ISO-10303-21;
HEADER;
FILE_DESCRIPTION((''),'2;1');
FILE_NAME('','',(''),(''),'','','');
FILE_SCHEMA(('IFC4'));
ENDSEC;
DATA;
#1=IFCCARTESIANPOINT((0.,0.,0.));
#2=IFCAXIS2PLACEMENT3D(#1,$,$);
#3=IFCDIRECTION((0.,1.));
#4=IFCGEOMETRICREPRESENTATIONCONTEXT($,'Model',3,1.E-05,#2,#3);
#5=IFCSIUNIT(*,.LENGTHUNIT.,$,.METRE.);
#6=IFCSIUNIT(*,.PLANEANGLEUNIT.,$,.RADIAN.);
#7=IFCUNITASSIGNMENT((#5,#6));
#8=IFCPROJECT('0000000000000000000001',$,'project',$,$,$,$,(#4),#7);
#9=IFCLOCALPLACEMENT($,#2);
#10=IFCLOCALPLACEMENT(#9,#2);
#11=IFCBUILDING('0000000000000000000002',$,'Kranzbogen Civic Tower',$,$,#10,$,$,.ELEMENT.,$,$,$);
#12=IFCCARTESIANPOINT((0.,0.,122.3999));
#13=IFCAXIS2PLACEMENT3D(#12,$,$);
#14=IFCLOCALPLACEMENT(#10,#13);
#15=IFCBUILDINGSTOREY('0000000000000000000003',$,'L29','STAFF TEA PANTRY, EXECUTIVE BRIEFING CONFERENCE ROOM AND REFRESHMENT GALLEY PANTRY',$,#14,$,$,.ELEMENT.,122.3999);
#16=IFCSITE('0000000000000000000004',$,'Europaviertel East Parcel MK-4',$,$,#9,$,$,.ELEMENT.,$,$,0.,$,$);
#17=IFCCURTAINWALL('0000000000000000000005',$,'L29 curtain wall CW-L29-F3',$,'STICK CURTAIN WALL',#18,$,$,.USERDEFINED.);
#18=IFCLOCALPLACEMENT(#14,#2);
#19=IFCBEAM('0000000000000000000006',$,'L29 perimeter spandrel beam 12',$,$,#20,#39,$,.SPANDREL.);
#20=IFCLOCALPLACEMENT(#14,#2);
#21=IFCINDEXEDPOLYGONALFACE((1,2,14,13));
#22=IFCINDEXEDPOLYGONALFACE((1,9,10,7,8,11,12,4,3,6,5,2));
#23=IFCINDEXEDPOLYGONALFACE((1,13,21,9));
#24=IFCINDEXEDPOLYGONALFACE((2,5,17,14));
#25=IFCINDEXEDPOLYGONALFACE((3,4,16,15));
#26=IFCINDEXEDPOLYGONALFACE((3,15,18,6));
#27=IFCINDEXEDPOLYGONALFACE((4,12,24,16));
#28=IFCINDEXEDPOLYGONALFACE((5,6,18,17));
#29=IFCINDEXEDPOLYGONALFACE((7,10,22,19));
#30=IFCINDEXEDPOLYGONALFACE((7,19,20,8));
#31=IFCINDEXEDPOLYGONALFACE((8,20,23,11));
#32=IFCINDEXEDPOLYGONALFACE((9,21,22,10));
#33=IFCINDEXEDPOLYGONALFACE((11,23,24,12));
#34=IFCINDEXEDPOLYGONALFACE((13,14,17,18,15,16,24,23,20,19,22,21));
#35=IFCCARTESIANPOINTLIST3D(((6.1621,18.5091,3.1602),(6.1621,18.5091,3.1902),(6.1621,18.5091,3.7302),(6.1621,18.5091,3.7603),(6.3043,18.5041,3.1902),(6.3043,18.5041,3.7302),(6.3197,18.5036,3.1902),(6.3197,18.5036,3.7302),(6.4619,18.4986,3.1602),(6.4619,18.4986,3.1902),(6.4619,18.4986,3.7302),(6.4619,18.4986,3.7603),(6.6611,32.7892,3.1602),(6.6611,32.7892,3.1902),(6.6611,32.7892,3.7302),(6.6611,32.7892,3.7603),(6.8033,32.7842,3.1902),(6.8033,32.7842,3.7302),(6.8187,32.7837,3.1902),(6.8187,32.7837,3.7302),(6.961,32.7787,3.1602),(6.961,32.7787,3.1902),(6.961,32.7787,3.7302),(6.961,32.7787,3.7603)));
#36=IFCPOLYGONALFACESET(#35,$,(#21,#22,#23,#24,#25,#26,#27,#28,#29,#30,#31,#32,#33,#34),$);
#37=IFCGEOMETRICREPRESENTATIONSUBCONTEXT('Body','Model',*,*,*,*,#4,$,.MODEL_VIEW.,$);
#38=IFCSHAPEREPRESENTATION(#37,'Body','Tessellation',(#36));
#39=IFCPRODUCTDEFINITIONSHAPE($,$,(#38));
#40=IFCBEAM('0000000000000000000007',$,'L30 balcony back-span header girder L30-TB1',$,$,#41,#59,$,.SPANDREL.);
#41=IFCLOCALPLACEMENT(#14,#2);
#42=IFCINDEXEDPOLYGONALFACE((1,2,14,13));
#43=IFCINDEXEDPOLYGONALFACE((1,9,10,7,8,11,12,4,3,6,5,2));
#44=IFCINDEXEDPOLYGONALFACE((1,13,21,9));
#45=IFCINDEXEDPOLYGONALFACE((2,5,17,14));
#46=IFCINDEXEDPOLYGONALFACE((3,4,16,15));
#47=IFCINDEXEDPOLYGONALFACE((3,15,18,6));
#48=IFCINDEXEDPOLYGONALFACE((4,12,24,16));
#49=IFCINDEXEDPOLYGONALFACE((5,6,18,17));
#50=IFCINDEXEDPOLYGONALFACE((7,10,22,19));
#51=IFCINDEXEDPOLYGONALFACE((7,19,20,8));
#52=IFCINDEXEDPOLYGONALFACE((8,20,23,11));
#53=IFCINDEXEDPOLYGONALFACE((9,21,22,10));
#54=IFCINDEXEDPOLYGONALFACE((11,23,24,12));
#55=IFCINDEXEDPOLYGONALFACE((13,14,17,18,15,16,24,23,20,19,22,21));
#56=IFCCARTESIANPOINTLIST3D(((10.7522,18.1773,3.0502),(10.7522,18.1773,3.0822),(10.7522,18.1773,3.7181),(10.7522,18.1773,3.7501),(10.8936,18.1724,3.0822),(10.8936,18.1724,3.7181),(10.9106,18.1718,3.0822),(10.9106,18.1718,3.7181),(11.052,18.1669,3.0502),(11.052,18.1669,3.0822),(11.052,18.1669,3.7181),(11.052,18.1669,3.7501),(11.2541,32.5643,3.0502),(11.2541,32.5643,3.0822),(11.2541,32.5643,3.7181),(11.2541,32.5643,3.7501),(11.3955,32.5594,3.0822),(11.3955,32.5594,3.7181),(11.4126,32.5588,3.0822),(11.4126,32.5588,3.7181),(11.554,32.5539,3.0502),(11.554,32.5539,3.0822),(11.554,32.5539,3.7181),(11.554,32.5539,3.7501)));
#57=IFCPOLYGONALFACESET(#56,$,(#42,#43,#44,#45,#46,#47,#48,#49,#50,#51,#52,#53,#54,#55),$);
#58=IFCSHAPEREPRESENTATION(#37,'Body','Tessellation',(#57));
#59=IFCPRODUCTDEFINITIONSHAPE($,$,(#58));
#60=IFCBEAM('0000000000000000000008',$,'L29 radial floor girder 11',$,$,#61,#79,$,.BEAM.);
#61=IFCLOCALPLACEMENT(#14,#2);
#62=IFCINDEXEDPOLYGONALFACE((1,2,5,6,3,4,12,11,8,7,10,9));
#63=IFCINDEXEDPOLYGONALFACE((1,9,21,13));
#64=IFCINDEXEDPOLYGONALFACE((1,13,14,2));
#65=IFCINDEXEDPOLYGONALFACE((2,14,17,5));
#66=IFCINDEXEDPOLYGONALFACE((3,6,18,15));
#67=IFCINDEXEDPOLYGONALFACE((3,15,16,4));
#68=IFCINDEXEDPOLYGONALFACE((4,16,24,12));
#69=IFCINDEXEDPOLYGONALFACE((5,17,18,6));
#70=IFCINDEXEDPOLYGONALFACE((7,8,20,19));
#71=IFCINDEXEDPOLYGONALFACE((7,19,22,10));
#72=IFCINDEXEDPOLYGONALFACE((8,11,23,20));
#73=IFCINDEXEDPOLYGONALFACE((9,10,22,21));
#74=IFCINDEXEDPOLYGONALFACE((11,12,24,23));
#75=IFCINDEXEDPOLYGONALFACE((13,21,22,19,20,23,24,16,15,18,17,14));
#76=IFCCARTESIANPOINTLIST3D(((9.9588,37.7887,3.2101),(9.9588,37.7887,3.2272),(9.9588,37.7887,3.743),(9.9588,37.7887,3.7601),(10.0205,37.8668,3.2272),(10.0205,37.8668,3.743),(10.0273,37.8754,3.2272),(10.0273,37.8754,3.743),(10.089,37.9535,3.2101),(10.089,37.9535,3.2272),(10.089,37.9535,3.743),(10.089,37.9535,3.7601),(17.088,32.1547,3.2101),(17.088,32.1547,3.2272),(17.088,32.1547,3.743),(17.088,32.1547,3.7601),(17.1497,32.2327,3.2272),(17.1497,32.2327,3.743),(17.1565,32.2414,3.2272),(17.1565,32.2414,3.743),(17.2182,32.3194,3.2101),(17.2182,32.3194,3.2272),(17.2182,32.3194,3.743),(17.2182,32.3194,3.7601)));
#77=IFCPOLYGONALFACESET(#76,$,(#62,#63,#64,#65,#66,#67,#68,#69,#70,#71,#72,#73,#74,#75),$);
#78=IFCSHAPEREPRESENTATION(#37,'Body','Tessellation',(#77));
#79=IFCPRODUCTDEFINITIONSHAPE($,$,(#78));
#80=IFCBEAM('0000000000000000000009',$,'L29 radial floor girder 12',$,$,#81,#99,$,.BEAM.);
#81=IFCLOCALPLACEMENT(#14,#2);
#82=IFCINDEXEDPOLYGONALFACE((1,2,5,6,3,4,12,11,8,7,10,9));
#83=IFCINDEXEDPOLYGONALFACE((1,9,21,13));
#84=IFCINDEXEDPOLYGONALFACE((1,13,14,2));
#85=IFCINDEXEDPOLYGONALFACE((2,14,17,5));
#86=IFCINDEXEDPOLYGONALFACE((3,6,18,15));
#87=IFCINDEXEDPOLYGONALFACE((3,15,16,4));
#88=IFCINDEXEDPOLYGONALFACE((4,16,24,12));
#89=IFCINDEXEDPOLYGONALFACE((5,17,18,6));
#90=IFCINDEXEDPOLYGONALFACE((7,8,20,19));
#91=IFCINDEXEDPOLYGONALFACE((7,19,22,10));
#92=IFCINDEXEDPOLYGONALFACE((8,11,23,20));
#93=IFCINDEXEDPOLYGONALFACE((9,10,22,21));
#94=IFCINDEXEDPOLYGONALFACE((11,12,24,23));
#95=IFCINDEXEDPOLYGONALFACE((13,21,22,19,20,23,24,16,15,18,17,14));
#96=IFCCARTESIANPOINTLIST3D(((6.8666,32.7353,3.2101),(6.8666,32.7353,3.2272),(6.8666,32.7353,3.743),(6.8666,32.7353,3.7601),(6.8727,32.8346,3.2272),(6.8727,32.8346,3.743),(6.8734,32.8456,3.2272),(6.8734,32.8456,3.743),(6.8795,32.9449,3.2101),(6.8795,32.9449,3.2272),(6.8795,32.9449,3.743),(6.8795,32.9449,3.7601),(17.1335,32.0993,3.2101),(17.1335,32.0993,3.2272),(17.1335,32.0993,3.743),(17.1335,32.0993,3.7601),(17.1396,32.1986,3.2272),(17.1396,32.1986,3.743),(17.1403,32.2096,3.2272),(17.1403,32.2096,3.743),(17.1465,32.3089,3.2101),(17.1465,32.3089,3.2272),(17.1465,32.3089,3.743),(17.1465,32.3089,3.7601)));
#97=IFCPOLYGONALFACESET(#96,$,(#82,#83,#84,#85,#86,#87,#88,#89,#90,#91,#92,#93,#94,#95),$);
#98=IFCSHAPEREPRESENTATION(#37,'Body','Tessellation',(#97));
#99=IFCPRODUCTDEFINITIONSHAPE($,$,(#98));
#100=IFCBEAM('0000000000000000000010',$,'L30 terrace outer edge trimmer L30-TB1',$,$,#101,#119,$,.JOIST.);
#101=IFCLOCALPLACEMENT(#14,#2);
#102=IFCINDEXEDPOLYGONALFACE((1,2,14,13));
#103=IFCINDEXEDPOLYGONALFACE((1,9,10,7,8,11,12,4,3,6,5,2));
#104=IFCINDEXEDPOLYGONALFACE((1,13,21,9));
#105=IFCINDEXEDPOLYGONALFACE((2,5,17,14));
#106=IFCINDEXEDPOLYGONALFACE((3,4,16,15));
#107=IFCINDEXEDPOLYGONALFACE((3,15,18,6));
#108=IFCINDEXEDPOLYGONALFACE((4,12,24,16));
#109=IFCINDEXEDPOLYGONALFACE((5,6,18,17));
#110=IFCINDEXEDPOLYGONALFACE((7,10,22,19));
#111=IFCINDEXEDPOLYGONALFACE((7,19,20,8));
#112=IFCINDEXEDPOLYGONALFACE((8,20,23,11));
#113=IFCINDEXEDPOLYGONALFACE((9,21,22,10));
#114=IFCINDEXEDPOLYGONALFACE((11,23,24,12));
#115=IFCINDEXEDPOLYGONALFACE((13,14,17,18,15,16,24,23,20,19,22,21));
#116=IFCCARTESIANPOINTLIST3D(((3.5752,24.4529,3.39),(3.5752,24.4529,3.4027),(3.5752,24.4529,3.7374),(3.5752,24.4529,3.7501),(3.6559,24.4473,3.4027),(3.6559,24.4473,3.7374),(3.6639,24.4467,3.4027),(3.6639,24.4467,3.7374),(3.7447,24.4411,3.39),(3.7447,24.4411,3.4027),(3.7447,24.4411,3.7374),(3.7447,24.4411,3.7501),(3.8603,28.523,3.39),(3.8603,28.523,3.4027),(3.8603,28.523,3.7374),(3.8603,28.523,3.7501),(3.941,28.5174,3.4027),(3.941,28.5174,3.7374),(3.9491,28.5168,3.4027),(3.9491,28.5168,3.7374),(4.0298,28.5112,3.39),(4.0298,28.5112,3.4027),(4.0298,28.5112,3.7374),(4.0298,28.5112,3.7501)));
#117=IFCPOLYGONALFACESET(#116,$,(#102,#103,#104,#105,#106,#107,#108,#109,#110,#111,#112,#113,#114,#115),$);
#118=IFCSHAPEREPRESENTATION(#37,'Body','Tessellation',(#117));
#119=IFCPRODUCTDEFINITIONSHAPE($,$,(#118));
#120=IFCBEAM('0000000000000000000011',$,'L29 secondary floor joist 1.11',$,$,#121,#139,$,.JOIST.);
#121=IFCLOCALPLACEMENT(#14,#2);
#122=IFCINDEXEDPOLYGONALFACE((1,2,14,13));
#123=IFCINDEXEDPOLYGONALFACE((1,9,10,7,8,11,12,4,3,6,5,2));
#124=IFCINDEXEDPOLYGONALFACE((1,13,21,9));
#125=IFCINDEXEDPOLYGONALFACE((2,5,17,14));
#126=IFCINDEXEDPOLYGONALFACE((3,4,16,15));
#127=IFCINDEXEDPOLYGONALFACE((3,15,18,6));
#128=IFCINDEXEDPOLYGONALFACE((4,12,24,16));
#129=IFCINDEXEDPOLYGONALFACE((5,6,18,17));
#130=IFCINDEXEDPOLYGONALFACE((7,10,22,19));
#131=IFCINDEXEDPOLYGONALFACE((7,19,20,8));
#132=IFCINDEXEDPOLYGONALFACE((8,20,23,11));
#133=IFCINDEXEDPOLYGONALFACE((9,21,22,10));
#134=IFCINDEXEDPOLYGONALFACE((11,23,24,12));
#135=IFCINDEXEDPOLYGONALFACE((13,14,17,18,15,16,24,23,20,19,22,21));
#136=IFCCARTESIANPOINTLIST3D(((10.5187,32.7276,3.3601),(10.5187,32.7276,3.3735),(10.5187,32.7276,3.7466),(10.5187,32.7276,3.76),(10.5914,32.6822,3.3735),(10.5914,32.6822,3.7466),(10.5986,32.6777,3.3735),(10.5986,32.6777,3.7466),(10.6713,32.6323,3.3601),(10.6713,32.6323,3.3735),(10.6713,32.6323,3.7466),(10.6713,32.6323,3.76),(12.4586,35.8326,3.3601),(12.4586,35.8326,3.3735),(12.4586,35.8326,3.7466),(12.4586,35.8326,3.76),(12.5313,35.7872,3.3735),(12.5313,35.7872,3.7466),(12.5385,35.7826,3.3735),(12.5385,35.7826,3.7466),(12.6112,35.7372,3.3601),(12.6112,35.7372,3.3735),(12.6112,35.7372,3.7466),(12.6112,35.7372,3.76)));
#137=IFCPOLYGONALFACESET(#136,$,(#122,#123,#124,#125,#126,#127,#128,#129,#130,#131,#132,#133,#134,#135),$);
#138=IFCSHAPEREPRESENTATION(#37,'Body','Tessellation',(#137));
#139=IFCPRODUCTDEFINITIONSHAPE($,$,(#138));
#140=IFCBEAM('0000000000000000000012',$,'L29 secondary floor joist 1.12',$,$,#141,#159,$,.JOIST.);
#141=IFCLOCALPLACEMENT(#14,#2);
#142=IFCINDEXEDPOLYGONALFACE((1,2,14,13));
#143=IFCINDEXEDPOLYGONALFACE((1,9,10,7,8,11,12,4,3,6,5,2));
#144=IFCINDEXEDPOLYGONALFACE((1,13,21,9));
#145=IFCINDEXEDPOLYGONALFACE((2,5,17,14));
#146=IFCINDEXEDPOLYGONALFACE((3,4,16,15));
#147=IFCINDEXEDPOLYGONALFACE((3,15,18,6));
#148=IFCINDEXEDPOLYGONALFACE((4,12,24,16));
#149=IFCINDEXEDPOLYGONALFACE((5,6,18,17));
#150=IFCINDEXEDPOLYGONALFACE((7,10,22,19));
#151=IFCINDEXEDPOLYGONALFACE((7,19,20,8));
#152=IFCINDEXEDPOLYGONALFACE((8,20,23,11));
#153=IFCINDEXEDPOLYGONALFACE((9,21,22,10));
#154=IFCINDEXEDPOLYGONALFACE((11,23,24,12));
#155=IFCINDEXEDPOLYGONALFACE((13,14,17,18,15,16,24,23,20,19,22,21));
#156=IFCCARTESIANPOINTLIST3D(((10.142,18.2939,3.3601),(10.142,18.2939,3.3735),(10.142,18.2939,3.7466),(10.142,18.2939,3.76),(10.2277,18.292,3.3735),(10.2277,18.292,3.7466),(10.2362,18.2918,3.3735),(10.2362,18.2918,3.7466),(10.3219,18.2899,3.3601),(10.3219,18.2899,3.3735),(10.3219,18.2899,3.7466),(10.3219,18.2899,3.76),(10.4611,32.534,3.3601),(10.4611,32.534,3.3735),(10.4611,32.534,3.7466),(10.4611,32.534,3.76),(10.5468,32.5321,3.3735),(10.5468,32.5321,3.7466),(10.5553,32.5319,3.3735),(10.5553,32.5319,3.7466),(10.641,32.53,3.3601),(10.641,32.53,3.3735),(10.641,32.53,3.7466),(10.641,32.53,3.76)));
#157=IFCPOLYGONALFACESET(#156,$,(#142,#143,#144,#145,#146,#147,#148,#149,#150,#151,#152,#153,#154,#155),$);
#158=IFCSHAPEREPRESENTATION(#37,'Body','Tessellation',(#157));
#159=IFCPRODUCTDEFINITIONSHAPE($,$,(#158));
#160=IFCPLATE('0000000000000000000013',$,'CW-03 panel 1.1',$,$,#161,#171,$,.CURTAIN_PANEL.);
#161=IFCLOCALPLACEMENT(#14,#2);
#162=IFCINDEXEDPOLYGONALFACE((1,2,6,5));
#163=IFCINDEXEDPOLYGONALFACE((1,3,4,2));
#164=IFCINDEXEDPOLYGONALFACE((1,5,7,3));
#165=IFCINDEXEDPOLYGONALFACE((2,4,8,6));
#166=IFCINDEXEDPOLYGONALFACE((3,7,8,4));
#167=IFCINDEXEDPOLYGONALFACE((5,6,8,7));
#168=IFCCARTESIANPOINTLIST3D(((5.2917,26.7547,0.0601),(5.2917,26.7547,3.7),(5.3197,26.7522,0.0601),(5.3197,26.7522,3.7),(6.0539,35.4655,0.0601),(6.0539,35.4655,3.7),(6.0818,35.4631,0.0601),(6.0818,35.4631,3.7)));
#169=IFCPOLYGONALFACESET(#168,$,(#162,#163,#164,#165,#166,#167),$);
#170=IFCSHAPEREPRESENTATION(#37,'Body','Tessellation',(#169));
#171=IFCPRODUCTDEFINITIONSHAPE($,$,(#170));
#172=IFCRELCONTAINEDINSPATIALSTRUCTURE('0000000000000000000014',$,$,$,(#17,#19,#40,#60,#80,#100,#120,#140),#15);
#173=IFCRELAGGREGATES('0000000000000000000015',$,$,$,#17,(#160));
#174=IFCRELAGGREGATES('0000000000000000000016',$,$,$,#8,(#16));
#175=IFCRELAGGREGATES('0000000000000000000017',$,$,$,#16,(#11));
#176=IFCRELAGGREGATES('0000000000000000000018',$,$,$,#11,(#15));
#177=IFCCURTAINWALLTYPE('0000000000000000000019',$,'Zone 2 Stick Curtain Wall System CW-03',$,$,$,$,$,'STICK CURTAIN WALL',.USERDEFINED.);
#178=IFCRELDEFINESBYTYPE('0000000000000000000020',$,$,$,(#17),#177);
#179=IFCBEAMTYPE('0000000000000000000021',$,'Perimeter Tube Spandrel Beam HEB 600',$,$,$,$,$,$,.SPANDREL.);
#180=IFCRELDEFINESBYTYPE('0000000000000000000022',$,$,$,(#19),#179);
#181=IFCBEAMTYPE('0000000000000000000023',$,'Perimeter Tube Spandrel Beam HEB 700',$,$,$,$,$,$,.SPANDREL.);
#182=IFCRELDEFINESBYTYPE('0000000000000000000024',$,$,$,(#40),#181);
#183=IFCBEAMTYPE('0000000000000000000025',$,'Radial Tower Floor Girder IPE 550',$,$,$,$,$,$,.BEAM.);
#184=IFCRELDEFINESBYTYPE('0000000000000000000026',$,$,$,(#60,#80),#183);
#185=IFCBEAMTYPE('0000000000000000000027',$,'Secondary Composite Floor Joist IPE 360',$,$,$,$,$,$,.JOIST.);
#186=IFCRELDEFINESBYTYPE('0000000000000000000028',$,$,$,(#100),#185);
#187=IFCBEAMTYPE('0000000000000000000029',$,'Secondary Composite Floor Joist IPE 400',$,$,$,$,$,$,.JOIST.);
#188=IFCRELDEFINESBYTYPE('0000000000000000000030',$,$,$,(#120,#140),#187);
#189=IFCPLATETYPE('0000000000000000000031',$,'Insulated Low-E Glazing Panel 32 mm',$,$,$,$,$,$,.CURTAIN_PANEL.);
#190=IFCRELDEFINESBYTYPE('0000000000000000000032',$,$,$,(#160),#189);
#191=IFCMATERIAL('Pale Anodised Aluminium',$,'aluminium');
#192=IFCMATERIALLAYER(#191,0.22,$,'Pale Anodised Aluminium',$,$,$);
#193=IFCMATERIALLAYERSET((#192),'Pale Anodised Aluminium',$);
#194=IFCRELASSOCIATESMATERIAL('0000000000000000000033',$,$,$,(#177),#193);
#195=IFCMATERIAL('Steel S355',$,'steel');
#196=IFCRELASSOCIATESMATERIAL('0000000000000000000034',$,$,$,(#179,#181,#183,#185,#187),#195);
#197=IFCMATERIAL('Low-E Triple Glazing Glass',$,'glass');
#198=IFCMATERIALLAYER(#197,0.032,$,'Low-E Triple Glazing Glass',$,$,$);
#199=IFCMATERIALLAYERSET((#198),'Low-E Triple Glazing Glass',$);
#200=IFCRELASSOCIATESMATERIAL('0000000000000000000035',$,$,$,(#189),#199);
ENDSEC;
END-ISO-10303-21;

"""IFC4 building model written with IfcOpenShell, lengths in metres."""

from ifc_helpers import new_model, si_unit, direction, frame, origin, origin_2d, place, context, subcontext, project, spatial, rectangle, i_section, extrude, material, layer, layer_set, material_profile, profile_set, type_object, element, aggregate, save


model = new_model("IFC4")

# Units and contexts
model_context = context("Model", 3, precision=1e-05, world=origin(), true_north=direction((0.0, 1.0)))
body_context = subcontext(model_context, "Body", "Model", "MODEL_VIEW")
ifc_project = project(units=[si_unit("LENGTHUNIT", "METRE"), si_unit("PLANEANGLEUNIT", "RADIAN")], contexts=[model_context])

# Site, building, storey
site_placement = place(None, origin())
site = spatial("IfcSite", under=ifc_project, at=site_placement, Name="Europaviertel East Parcel MK-4", CompositionType="ELEMENT", RefElevation=0.0)
building_placement = place(site_placement, origin())
building = spatial("IfcBuilding", under=site, at=building_placement, Name="Kranzbogen Civic Tower", CompositionType="ELEMENT")
storey_placement = place(building_placement, frame((0.0, 0.0, 122.3999)))
storey = spatial("IfcBuildingStorey", under=building, at=storey_placement, Name="L29", Description="STAFF TEA PANTRY, EXECUTIVE BRIEFING CONFERENCE ROOM AND REFRESHMENT GALLEY PANTRY", CompositionType="ELEMENT", Elevation=122.3999)

# Shared definitions
ifc_material_1 = material(Name="Pale Anodised Aluminium", Category="aluminium")
ifc_layer_1 = layer(ifc_material_1, 0.22, Name="Pale Anodised Aluminium")
ifc_layer_set_1 = layer_set([ifc_layer_1], Name="Pale Anodised Aluminium")
curtain_wall_type = type_object("IfcCurtainWallType", Name="Zone 2 Stick Curtain Wall System CW-03", ElementType="STICK CURTAIN WALL", PredefinedType="USERDEFINED", material=ifc_layer_set_1)

# Curtain wall
curtain_wall_1_placement = place(storey_placement, origin())
curtain_wall_1 = element("IfcCurtainWall", 1, at=curtain_wall_1_placement, inside=storey, type_object=curtain_wall_type, Name="L29 curtain wall CW-L29-F3", ObjectType="STICK CURTAIN WALL", PredefinedType="USERDEFINED")

# Beams
ifc_material_2 = material(Name="Steel S355", Category="steel")
ifc_material_profile_1 = material_profile(ifc_material_2, i_section(OverallWidth=0.3, OverallDepth=0.6001, WebThickness=0.0154, FlangeThickness=0.03, at=origin_2d()), Name="HEB 600")
ifc_profile_set_1 = profile_set([ifc_material_profile_1], Name="Steel S355")
beam_type_1 = type_object("IfcBeamType", Name="Perimeter Tube Spandrel Beam HEB 600", PredefinedType="SPANDREL", material=ifc_profile_set_1)
beam_1_placement = place(storey_placement, frame((6.811, 32.7839, 3.4602), z_axis=(-0.034924, -0.99939, 0.0), x_axis=(0.99939, -0.034924, 0.0)))
element("IfcBeam", 2, at=beam_1_placement, inside=storey, type_object=beam_type_1, Name="L29 perimeter spandrel beam 12", PredefinedType="SPANDREL", context=body_context, shape_type="SweptSolid", body=[
    extrude(i_section(OverallWidth=0.3, OverallDepth=0.6001, WebThickness=0.0154, FlangeThickness=0.03, at=origin_2d()), origin(), (0.0, 0.0, 1.0), 14.2888),
])
ifc_material_profile_2 = material_profile(ifc_material_2, i_section(OverallWidth=0.3, OverallDepth=0.7, WebThickness=0.0171, FlangeThickness=0.032, at=origin_2d()), Name="HEB 700")
ifc_profile_set_2 = profile_set([ifc_material_profile_2], Name="Steel S355")
beam_type_2 = type_object("IfcBeamType", Name="Perimeter Tube Spandrel Beam HEB 700", PredefinedType="SPANDREL", material=ifc_profile_set_2)
beam_2_placement = place(storey_placement, frame((11.4041, 32.5591, 3.4001), z_axis=(-0.034868, -0.999392, 0.0), x_axis=(0.999392, -0.034868, 0.0)))
element("IfcBeam", 3, at=beam_2_placement, inside=storey, type_object=beam_type_2, Name="L30 balcony back-span header girder L30-TB1", PredefinedType="SPANDREL", context=body_context, shape_type="SweptSolid", body=[
    extrude(i_section(OverallWidth=0.3, OverallDepth=0.7, WebThickness=0.0171, FlangeThickness=0.032, at=origin_2d()), origin(), (0.0, 0.0, 1.0), 14.3958),
])
ifc_material_profile_3 = material_profile(ifc_material_2, i_section(OverallWidth=0.21, OverallDepth=0.55, WebThickness=0.011, FlangeThickness=0.0171, at=origin_2d()), Name="IPE 550")
ifc_profile_set_3 = profile_set([ifc_material_profile_3], Name="Steel S355")
beam_type_3 = type_object("IfcBeamType", Name="Radial Tower Floor Girder IPE 550", PredefinedType="BEAM", material=ifc_profile_set_3)
beam_3_placement = place(storey_placement, frame((10.0239, 37.8711, 3.4851), z_axis=(0.784575, -0.620034, 0.0), x_axis=(0.620034, 0.784575, 0.0)))
element("IfcBeam", 4, at=beam_3_placement, inside=storey, type_object=beam_type_3, Name="L29 radial floor girder 11", PredefinedType="BEAM", context=body_context, shape_type="SweptSolid", body=[
    extrude(i_section(OverallWidth=0.21, OverallDepth=0.55, WebThickness=0.011, FlangeThickness=0.0171, at=origin_2d()), origin(), (0.0, 0.0, 1.0), 9.0867),
])
beam_4_placement = place(storey_placement, frame((6.873, 32.8401, 3.4851), z_axis=(0.998087, -0.061827, 0.0), x_axis=(0.061827, 0.998087, 0.0)))
element("IfcBeam", 5, at=beam_4_placement, inside=storey, type_object=beam_type_3, Name="L29 radial floor girder 12", PredefinedType="BEAM", context=body_context, shape_type="SweptSolid", body=[
    extrude(i_section(OverallWidth=0.21, OverallDepth=0.55, WebThickness=0.011, FlangeThickness=0.0171, at=origin_2d()), origin(), (0.0, 0.0, 1.0), 10.2866),
])
ifc_material_profile_4 = material_profile(ifc_material_2, i_section(OverallWidth=0.1699, OverallDepth=0.3601, WebThickness=0.0081, FlangeThickness=0.0127, at=origin_2d()), Name="IPE 360")
ifc_profile_set_4 = profile_set([ifc_material_profile_4], Name="Steel S355")
beam_type_4 = type_object("IfcBeamType", Name="Secondary Composite Floor Joist IPE 360", PredefinedType="JOIST", material=ifc_profile_set_4)
beam_5_placement = place(storey_placement, frame((3.9451, 28.5171, 3.5701), z_axis=(-0.06989, -0.997555, 0.0), x_axis=(0.997555, -0.06989, 0.0)))
element("IfcBeam", 6, at=beam_5_placement, inside=storey, type_object=beam_type_4, Name="L30 terrace outer edge trimmer L30-TB1", PredefinedType="JOIST", context=body_context, shape_type="SweptSolid", body=[
    extrude(i_section(OverallWidth=0.1699, OverallDepth=0.3601, WebThickness=0.0081, FlangeThickness=0.0127, at=origin_2d()), origin(), (0.0, 0.0, 1.0), 4.0801),
])
ifc_material_profile_5 = material_profile(ifc_material_2, i_section(OverallWidth=0.1799, OverallDepth=0.3999, WebThickness=0.0085, FlangeThickness=0.0134, at=origin_2d()), Name="IPE 400")
ifc_profile_set_5 = profile_set([ifc_material_profile_5], Name="Steel S355")
beam_type_5 = type_object("IfcBeamType", Name="Secondary Composite Floor Joist IPE 400", PredefinedType="JOIST", material=ifc_profile_set_5)
beam_6_placement = place(storey_placement, frame((12.5349, 35.7849, 3.5601), z_axis=(-0.529867, -0.848081, 0.0), x_axis=(0.848081, -0.529867, 0.0)))
element("IfcBeam", 7, at=beam_6_placement, inside=storey, type_object=beam_type_5, Name="L29 secondary floor joist 1.11", PredefinedType="JOIST", context=body_context, shape_type="SweptSolid", body=[
    extrude(i_section(OverallWidth=0.1799, OverallDepth=0.3999, WebThickness=0.0085, FlangeThickness=0.0134, at=origin_2d()), origin(), (0.0, 0.0, 1.0), 3.6611),
])
beam_7_placement = place(storey_placement, frame((10.551, 32.532, 3.5601), z_axis=(-0.022403, -0.999749, 0.0), x_axis=(0.999749, -0.022403, 0.0)))
element("IfcBeam", 8, at=beam_7_placement, inside=storey, type_object=beam_type_5, Name="L29 secondary floor joist 1.12", PredefinedType="JOIST", context=body_context, shape_type="SweptSolid", body=[
    extrude(i_section(OverallWidth=0.1799, OverallDepth=0.3999, WebThickness=0.0085, FlangeThickness=0.0134, at=origin_2d()), origin(), (0.0, 0.0, 1.0), 14.2437),
])

# Plate
ifc_material_3 = material(Name="Low-E Triple Glazing Glass", Category="glass")
ifc_layer_2 = layer(ifc_material_3, 0.032, Name="Low-E Triple Glazing Glass")
ifc_layer_set_2 = layer_set([ifc_layer_2], Name="Low-E Triple Glazing Glass")
plate_type = type_object("IfcPlateType", Name="Insulated Low-E Glazing Panel 32 mm", PredefinedType="CURTAIN_PANEL", material=ifc_layer_set_2)
plate_placement = place(storey_placement, frame((5.6868, 31.1089, 0.0601), z_axis=(0.0, 0.0, 1.0), x_axis=(-0.087162, -0.996194, 0.0)))
plate = element("IfcPlate", 9, at=plate_placement, type_object=plate_type, Name="CW-03 panel 1.1", PredefinedType="CURTAIN_PANEL", context=body_context, shape_type="SweptSolid", body=[
    extrude(rectangle(XDim=8.7441, YDim=0.0281, at=origin_2d()), origin(), (0.0, 0.0, 1.0), 3.6399),
])
aggregate(curtain_wall_1, [plate])

save(model, "model.ifc")
